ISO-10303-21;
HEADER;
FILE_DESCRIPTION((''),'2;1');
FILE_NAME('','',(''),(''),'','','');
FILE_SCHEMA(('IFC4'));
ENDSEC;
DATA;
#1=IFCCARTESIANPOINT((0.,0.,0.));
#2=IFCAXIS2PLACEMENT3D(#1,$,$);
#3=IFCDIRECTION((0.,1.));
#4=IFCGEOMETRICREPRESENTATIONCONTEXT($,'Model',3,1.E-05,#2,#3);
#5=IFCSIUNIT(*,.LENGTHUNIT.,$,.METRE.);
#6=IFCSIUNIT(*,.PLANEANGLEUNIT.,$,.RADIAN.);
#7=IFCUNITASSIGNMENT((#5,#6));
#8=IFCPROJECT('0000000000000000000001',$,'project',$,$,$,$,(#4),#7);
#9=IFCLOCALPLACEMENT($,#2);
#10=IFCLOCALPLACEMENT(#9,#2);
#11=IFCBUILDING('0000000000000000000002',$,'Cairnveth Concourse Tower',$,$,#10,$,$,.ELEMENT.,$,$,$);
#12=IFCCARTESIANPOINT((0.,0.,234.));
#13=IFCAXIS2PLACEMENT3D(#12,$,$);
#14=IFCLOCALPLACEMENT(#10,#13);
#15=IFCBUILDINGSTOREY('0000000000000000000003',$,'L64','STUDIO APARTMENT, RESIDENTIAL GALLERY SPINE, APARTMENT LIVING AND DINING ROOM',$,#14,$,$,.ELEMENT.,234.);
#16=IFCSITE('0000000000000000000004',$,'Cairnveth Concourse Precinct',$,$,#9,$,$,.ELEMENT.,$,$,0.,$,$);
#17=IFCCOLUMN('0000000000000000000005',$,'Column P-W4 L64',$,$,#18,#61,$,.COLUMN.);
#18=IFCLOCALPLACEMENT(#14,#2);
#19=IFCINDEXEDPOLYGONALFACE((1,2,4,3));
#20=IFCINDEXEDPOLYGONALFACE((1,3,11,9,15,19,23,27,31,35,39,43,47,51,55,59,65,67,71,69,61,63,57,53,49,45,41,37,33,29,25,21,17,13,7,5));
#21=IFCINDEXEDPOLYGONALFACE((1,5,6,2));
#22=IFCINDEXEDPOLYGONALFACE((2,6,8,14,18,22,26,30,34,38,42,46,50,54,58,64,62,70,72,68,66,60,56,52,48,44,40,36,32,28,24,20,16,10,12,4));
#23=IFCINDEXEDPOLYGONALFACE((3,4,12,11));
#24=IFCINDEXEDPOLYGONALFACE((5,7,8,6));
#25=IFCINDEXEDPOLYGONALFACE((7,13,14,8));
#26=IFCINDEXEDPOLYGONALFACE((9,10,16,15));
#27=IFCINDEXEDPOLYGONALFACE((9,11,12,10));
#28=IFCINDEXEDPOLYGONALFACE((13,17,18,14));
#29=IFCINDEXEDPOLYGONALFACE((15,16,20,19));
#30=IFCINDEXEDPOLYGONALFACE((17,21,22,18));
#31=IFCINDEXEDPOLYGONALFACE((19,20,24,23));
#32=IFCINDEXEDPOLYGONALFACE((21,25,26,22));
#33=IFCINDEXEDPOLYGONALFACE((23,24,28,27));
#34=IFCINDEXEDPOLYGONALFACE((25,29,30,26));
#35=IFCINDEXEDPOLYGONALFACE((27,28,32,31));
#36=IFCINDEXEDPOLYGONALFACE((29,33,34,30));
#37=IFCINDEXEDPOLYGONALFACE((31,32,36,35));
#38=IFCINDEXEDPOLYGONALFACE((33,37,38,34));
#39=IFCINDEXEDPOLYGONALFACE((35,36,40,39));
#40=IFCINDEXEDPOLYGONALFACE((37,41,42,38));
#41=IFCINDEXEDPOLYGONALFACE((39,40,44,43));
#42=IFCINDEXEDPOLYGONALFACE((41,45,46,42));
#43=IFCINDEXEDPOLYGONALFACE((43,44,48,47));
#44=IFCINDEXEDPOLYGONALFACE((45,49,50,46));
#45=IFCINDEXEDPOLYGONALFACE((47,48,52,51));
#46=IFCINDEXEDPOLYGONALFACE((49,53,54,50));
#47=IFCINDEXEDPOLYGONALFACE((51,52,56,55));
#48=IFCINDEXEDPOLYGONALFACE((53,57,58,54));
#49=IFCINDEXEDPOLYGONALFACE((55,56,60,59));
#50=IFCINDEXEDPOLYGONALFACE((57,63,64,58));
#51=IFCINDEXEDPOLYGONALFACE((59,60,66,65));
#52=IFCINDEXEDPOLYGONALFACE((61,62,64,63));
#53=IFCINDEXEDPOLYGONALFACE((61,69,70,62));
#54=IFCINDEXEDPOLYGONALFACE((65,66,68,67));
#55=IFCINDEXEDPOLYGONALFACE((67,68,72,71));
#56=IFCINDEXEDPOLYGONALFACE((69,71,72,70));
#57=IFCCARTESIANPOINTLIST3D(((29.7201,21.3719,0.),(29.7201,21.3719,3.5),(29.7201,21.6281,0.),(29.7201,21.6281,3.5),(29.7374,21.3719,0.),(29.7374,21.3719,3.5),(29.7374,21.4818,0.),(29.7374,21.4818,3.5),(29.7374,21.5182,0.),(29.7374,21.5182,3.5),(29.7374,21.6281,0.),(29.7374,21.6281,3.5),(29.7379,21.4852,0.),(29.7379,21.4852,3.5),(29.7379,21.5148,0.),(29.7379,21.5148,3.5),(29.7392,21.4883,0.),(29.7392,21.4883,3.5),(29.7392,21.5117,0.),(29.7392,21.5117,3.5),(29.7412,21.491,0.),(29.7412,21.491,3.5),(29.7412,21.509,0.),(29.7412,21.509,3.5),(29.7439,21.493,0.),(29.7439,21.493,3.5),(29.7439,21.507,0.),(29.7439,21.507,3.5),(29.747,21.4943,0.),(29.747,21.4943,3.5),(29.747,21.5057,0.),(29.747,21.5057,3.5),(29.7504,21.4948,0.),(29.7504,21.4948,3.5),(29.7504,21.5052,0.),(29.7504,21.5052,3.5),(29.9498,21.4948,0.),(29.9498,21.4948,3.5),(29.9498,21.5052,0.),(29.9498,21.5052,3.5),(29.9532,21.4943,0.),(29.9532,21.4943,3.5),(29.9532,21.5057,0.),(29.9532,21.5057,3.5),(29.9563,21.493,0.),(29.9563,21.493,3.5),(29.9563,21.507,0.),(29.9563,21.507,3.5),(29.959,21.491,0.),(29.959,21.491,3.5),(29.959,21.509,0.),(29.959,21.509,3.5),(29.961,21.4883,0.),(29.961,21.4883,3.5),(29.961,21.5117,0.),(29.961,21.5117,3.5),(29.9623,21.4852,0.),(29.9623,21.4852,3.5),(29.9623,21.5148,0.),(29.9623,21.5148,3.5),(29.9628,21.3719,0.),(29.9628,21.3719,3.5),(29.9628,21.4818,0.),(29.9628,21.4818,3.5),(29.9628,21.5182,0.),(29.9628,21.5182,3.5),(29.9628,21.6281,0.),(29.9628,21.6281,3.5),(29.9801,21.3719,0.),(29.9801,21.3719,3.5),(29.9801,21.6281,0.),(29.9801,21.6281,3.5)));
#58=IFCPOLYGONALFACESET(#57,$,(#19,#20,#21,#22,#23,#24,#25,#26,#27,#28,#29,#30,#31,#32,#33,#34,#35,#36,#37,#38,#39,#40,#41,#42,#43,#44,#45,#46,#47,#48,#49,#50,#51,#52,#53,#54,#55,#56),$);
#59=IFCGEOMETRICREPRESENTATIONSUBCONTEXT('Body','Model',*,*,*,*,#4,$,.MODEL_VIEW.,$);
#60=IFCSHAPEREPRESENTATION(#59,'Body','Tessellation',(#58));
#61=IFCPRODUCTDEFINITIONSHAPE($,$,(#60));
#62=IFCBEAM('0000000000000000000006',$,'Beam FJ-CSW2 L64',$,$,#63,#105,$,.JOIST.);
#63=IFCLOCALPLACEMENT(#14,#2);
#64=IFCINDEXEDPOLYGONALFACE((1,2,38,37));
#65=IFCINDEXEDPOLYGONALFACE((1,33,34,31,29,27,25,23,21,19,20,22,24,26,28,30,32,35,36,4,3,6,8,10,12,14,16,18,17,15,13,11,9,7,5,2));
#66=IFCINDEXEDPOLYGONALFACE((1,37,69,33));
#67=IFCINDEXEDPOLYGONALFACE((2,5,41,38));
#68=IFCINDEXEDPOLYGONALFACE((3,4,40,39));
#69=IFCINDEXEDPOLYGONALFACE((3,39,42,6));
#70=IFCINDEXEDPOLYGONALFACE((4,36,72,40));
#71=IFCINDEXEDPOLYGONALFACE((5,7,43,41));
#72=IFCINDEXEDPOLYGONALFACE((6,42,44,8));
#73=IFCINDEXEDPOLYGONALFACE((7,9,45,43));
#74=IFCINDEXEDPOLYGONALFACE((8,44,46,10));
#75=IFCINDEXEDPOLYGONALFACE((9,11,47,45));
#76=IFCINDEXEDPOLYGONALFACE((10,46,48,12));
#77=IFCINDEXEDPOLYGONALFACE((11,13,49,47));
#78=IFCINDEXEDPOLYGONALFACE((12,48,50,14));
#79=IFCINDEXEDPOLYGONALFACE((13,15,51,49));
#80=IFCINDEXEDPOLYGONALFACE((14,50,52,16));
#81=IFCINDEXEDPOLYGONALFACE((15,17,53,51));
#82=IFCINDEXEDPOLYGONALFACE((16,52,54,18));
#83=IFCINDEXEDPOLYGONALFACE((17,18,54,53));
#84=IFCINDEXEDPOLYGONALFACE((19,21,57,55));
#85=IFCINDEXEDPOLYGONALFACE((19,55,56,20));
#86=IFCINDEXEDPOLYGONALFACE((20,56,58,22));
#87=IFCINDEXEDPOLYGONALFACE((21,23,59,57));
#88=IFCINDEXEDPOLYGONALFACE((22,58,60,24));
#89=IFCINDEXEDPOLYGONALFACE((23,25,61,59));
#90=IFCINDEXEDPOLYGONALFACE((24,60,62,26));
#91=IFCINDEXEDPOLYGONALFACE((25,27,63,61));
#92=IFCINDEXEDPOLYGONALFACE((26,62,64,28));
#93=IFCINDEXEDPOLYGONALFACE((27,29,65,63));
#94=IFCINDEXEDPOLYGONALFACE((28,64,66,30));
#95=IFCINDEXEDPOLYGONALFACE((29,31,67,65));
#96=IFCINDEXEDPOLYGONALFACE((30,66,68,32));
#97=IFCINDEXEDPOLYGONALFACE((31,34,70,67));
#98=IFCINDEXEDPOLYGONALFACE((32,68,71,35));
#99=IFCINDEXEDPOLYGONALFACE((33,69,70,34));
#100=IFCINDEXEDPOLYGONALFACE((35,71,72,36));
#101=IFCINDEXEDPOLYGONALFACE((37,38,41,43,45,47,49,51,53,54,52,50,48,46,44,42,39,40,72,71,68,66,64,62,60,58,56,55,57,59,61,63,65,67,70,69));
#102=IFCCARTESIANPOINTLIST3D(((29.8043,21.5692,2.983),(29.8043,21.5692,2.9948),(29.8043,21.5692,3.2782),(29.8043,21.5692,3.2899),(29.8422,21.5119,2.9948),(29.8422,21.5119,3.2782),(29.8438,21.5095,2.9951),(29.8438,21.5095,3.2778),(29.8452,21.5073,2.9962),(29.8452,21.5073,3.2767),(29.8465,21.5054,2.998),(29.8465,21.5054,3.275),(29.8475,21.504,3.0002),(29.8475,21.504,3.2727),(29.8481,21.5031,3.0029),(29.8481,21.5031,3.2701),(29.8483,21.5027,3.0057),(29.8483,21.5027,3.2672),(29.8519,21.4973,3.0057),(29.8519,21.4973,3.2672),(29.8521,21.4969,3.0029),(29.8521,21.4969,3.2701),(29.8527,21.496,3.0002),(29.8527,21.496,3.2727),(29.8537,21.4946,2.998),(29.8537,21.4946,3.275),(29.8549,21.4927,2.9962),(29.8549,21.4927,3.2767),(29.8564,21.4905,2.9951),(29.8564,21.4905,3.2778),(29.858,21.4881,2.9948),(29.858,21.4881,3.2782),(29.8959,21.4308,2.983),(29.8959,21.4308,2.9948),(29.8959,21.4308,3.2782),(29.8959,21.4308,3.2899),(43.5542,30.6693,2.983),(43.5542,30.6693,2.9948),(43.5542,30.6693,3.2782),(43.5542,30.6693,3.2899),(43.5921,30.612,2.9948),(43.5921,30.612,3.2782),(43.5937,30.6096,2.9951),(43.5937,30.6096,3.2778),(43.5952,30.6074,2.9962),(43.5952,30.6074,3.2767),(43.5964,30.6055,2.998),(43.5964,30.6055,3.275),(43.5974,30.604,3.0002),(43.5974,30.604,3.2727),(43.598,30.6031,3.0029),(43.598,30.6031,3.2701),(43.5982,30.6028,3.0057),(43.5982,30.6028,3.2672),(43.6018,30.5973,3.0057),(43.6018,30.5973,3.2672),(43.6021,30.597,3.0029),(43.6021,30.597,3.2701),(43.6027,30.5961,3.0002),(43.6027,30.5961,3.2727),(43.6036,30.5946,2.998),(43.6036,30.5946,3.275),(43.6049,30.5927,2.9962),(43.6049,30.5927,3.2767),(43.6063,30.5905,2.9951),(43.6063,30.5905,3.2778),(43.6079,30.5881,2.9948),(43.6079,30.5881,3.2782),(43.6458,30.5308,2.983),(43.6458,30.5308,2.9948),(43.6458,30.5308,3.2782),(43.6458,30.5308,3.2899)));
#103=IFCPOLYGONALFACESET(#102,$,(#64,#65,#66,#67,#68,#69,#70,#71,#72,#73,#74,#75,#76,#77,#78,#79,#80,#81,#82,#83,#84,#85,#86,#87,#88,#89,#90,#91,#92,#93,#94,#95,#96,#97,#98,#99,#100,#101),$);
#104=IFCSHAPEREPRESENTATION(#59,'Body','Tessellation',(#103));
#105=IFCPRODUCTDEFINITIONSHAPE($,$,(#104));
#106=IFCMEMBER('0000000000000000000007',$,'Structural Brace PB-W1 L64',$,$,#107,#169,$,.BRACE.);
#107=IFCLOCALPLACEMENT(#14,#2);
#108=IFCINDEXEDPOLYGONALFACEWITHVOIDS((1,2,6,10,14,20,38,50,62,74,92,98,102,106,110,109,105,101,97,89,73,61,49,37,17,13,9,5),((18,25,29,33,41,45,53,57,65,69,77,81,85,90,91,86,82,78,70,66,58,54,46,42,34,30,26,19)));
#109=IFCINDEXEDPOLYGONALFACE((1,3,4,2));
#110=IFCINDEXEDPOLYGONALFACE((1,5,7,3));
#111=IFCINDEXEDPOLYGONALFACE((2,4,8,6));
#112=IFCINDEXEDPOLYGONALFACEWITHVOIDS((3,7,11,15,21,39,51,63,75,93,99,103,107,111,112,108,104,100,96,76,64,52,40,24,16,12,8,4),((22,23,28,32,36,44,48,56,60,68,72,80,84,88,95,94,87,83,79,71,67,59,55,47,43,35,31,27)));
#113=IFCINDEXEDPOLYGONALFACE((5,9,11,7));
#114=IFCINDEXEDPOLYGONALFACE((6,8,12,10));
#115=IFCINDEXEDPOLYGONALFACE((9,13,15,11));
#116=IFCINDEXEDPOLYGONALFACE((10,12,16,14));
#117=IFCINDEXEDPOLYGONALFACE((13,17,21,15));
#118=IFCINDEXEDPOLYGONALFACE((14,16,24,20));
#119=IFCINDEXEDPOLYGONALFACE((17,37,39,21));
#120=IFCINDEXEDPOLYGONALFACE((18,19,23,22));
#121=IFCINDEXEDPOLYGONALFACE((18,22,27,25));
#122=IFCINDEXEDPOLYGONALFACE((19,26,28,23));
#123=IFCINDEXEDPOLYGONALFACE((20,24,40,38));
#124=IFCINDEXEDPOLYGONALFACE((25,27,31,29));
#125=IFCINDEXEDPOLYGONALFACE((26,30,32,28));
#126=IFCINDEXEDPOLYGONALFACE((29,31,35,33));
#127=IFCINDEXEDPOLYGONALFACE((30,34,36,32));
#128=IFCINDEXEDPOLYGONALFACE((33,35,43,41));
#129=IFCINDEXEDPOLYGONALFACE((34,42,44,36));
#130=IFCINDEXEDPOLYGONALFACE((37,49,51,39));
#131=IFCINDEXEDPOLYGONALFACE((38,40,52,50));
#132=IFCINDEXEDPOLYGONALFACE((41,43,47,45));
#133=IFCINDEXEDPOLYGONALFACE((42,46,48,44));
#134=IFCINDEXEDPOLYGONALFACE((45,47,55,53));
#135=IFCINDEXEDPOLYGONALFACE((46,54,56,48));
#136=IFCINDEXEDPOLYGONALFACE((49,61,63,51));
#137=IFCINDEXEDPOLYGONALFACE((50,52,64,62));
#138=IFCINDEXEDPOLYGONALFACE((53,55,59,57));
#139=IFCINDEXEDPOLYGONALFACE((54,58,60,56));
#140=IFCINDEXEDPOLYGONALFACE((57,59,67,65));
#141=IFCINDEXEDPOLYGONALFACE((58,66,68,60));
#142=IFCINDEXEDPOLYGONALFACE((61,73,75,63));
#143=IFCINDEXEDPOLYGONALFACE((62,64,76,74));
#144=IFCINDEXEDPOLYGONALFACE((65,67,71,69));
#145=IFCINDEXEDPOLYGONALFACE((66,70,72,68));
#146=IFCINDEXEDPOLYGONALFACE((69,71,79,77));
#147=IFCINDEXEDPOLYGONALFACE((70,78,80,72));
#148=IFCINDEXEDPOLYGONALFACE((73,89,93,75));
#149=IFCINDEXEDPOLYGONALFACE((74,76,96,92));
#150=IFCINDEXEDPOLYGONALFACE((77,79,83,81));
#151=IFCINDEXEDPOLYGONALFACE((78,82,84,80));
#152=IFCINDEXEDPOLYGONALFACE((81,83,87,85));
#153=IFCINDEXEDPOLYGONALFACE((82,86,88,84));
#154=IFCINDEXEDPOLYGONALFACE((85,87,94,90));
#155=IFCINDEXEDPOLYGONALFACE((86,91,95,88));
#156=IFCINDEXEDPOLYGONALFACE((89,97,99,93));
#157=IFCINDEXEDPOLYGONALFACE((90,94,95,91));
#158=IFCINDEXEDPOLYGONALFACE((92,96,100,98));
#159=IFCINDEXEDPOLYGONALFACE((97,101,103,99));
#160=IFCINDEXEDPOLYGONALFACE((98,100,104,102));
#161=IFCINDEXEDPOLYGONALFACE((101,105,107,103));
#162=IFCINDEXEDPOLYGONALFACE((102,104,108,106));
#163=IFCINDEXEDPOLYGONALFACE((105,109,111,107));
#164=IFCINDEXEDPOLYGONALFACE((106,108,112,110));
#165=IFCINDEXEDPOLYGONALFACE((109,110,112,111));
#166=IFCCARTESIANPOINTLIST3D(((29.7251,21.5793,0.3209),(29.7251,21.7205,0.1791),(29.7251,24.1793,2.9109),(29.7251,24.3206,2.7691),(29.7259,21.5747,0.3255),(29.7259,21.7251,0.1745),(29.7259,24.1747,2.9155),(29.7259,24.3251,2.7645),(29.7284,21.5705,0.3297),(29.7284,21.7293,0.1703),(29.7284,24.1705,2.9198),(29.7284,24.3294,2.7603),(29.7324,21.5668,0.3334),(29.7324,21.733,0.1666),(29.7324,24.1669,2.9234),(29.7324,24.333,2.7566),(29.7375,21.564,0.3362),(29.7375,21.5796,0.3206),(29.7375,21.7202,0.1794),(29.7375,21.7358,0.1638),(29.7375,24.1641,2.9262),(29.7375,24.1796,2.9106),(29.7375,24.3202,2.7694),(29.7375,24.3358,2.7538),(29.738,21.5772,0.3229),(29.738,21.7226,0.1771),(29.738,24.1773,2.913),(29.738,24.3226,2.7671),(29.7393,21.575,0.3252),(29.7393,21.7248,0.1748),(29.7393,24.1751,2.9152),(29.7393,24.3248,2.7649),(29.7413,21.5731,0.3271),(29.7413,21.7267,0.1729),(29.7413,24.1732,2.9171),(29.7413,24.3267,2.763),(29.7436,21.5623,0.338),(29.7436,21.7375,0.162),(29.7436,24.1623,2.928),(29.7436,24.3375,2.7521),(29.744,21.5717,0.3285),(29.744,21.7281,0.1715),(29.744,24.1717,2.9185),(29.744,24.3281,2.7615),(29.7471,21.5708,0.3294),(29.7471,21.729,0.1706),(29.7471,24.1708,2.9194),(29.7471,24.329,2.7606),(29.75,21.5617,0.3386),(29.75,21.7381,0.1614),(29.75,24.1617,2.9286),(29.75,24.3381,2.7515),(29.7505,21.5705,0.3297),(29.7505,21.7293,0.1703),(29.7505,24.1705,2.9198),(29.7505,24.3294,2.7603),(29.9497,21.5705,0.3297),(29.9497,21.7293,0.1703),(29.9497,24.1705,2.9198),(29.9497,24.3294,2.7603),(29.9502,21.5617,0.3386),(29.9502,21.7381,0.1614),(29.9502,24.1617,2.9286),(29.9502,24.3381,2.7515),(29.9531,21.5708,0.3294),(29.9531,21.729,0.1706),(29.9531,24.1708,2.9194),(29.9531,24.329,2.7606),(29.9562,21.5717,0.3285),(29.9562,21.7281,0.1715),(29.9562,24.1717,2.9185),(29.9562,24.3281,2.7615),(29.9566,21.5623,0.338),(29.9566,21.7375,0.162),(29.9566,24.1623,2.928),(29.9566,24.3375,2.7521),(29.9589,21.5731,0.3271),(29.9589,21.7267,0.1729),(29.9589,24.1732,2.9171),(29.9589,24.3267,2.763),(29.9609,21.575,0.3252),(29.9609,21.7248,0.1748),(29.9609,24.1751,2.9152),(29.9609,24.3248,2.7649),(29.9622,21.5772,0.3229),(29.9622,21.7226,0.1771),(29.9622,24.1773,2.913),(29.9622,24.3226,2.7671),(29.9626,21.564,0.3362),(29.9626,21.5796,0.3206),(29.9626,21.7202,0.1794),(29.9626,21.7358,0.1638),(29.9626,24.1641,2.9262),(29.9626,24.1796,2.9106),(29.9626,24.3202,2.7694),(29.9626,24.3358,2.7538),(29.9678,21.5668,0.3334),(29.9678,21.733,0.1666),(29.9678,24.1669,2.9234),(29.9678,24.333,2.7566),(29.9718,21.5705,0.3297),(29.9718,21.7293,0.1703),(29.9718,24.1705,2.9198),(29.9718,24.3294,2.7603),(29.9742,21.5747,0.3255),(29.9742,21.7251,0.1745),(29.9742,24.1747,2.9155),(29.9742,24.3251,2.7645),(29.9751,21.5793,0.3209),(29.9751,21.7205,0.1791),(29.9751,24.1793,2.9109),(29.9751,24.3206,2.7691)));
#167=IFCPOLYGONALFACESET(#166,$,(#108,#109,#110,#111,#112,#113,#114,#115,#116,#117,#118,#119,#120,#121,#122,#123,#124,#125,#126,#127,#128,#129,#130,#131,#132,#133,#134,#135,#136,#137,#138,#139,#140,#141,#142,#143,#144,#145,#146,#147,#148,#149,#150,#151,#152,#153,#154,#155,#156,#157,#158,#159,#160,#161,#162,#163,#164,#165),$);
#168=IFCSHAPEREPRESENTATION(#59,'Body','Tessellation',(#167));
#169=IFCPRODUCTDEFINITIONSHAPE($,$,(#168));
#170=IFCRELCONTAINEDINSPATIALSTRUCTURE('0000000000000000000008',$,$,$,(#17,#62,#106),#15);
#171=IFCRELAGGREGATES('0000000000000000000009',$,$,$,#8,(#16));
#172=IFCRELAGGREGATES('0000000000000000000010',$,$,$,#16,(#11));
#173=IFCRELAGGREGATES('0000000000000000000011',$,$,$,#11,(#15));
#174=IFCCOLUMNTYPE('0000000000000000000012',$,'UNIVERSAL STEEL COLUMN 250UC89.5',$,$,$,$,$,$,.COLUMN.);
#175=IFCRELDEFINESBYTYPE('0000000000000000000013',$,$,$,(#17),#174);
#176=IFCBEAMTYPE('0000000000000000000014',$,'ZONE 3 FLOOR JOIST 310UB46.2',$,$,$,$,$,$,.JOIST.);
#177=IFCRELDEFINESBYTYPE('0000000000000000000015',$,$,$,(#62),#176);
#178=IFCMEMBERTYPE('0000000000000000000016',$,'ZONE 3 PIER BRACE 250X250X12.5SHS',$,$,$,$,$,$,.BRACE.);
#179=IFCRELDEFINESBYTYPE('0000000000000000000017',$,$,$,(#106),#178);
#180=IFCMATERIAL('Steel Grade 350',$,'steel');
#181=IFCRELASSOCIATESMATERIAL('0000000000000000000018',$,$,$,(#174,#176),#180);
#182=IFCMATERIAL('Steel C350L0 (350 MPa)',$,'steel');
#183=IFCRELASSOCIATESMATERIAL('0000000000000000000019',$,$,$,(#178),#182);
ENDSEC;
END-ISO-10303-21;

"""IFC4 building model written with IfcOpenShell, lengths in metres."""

from ifc_helpers import new_model, si_unit, direction, frame, origin, origin_2d, place, context, subcontext, project, spatial, hollow_rectangle, i_section, extrude, material, material_profile, profile_set, type_object, element, save


model = new_model("IFC4")

# Units and contexts
model_context = context("Model", 3, precision=1e-05, world=origin(), true_north=direction((0.0, 1.0)))
body_context = subcontext(model_context, "Body", "Model", "MODEL_VIEW")
ifc_project = project(units=[si_unit("LENGTHUNIT", "METRE"), si_unit("PLANEANGLEUNIT", "RADIAN")], contexts=[model_context])

# Site, building, storey
site_placement = place(None, origin())
site = spatial("IfcSite", under=ifc_project, at=site_placement, Name="Cairnveth Concourse Precinct", CompositionType="ELEMENT", RefElevation=0.0)
building_placement = place(site_placement, origin())
building = spatial("IfcBuilding", under=site, at=building_placement, Name="Cairnveth Concourse Tower", CompositionType="ELEMENT")
storey_placement = place(building_placement, frame((0.0, 0.0, 234.0)))
storey = spatial("IfcBuildingStorey", under=building, at=storey_placement, Name="L64", Description="STUDIO APARTMENT, RESIDENTIAL GALLERY SPINE, APARTMENT LIVING AND DINING ROOM", CompositionType="ELEMENT", Elevation=234.0)

# Column
ifc_material_1 = material(Name="Steel Grade 350", Category="steel")
ifc_material_profile_1 = material_profile(ifc_material_1, i_section(OverallWidth=0.2561, OverallDepth=0.26, WebThickness=0.0105, FlangeThickness=0.0173, FilletRadius=0.0129, at=origin_2d()), Name="250UC89.5")
ifc_profile_set_1 = profile_set([ifc_material_profile_1], Name="Steel Grade 350")
column_type = type_object("IfcColumnType", Name="UNIVERSAL STEEL COLUMN 250UC89.5", PredefinedType="COLUMN", material=ifc_profile_set_1)
column_placement = place(storey_placement, frame((29.8501, 21.5, 0.0), z_axis=(0.0, 0.0, 1.0), x_axis=(0.0, 1.0, 0.0)))
element("IfcColumn", 1, at=column_placement, inside=storey, type_object=column_type, Name="Column P-W4 L64", PredefinedType="COLUMN", context=body_context, shape_type="SweptSolid", body=[
    extrude(i_section(OverallWidth=0.2561, OverallDepth=0.26, WebThickness=0.0105, FlangeThickness=0.0173, FilletRadius=0.0129, at=origin_2d()), origin(), (0.0, 0.0, 1.0), 3.5),
])

# Beam
ifc_material_profile_2 = material_profile(ifc_material_1, i_section(OverallWidth=0.166, OverallDepth=0.3069, WebThickness=0.0066, FlangeThickness=0.0117, FilletRadius=0.011, at=origin_2d()), Name="310UB46.2")
ifc_profile_set_2 = profile_set([ifc_material_profile_2], Name="Steel Grade 350")
beam_type_1 = type_object("IfcBeamType", Name="ZONE 3 FLOOR JOIST 310UB46.2", PredefinedType="JOIST", material=ifc_profile_set_2)
beam_1_placement = place(storey_placement, frame((29.8501, 21.5, 3.1365), z_axis=(0.833909, 0.551902, 0.0), x_axis=(-0.551902, 0.833909, 0.0)))
element("IfcBeam", 2, at=beam_1_placement, inside=storey, type_object=beam_type_1, Name="Beam FJ-CSW2 L64", PredefinedType="JOIST", context=body_context, shape_type="SweptSolid", body=[
    extrude(i_section(OverallWidth=0.166, OverallDepth=0.3069, WebThickness=0.0066, FlangeThickness=0.0117, FilletRadius=0.011, at=origin_2d()), origin(), (0.0, 0.0, 1.0), 16.4885),
])

# Member
ifc_material_2 = material(Name="Steel C350L0 (350 MPa)", Category="steel")
ifc_material_profile_3 = material_profile(ifc_material_2, hollow_rectangle(XDim=0.25, YDim=0.25, WallThickness=0.0125, InnerFilletRadius=0.0129, OuterFilletRadius=0.0249, at=origin_2d()), Name="250x250x12.5SHS")
ifc_profile_set_3 = profile_set([ifc_material_profile_3], Name="Steel C350L0 (350 MPa)")
member_type = type_object("IfcMemberType", Name="ZONE 3 PIER BRACE 250X250X12.5SHS", PredefinedType="BRACE", material=ifc_profile_set_3)
member_placement = place(storey_placement, frame((29.8501, 21.6499, 0.25), z_axis=(0.0, 0.708469, 0.705742), x_axis=(-1.0, 0.0, 0.0)))
element("IfcMember", 3, at=member_placement, inside=storey, type_object=member_type, Name="Structural Brace PB-W1 L64", PredefinedType="BRACE", context=body_context, shape_type="SweptSolid", body=[
    extrude(hollow_rectangle(XDim=0.25, YDim=0.25, WallThickness=0.0125, InnerFilletRadius=0.0129, OuterFilletRadius=0.0249, at=origin_2d()), origin(), (0.0, 0.0, 1.0), 3.6699),
])

save(model, "model.ifc")
